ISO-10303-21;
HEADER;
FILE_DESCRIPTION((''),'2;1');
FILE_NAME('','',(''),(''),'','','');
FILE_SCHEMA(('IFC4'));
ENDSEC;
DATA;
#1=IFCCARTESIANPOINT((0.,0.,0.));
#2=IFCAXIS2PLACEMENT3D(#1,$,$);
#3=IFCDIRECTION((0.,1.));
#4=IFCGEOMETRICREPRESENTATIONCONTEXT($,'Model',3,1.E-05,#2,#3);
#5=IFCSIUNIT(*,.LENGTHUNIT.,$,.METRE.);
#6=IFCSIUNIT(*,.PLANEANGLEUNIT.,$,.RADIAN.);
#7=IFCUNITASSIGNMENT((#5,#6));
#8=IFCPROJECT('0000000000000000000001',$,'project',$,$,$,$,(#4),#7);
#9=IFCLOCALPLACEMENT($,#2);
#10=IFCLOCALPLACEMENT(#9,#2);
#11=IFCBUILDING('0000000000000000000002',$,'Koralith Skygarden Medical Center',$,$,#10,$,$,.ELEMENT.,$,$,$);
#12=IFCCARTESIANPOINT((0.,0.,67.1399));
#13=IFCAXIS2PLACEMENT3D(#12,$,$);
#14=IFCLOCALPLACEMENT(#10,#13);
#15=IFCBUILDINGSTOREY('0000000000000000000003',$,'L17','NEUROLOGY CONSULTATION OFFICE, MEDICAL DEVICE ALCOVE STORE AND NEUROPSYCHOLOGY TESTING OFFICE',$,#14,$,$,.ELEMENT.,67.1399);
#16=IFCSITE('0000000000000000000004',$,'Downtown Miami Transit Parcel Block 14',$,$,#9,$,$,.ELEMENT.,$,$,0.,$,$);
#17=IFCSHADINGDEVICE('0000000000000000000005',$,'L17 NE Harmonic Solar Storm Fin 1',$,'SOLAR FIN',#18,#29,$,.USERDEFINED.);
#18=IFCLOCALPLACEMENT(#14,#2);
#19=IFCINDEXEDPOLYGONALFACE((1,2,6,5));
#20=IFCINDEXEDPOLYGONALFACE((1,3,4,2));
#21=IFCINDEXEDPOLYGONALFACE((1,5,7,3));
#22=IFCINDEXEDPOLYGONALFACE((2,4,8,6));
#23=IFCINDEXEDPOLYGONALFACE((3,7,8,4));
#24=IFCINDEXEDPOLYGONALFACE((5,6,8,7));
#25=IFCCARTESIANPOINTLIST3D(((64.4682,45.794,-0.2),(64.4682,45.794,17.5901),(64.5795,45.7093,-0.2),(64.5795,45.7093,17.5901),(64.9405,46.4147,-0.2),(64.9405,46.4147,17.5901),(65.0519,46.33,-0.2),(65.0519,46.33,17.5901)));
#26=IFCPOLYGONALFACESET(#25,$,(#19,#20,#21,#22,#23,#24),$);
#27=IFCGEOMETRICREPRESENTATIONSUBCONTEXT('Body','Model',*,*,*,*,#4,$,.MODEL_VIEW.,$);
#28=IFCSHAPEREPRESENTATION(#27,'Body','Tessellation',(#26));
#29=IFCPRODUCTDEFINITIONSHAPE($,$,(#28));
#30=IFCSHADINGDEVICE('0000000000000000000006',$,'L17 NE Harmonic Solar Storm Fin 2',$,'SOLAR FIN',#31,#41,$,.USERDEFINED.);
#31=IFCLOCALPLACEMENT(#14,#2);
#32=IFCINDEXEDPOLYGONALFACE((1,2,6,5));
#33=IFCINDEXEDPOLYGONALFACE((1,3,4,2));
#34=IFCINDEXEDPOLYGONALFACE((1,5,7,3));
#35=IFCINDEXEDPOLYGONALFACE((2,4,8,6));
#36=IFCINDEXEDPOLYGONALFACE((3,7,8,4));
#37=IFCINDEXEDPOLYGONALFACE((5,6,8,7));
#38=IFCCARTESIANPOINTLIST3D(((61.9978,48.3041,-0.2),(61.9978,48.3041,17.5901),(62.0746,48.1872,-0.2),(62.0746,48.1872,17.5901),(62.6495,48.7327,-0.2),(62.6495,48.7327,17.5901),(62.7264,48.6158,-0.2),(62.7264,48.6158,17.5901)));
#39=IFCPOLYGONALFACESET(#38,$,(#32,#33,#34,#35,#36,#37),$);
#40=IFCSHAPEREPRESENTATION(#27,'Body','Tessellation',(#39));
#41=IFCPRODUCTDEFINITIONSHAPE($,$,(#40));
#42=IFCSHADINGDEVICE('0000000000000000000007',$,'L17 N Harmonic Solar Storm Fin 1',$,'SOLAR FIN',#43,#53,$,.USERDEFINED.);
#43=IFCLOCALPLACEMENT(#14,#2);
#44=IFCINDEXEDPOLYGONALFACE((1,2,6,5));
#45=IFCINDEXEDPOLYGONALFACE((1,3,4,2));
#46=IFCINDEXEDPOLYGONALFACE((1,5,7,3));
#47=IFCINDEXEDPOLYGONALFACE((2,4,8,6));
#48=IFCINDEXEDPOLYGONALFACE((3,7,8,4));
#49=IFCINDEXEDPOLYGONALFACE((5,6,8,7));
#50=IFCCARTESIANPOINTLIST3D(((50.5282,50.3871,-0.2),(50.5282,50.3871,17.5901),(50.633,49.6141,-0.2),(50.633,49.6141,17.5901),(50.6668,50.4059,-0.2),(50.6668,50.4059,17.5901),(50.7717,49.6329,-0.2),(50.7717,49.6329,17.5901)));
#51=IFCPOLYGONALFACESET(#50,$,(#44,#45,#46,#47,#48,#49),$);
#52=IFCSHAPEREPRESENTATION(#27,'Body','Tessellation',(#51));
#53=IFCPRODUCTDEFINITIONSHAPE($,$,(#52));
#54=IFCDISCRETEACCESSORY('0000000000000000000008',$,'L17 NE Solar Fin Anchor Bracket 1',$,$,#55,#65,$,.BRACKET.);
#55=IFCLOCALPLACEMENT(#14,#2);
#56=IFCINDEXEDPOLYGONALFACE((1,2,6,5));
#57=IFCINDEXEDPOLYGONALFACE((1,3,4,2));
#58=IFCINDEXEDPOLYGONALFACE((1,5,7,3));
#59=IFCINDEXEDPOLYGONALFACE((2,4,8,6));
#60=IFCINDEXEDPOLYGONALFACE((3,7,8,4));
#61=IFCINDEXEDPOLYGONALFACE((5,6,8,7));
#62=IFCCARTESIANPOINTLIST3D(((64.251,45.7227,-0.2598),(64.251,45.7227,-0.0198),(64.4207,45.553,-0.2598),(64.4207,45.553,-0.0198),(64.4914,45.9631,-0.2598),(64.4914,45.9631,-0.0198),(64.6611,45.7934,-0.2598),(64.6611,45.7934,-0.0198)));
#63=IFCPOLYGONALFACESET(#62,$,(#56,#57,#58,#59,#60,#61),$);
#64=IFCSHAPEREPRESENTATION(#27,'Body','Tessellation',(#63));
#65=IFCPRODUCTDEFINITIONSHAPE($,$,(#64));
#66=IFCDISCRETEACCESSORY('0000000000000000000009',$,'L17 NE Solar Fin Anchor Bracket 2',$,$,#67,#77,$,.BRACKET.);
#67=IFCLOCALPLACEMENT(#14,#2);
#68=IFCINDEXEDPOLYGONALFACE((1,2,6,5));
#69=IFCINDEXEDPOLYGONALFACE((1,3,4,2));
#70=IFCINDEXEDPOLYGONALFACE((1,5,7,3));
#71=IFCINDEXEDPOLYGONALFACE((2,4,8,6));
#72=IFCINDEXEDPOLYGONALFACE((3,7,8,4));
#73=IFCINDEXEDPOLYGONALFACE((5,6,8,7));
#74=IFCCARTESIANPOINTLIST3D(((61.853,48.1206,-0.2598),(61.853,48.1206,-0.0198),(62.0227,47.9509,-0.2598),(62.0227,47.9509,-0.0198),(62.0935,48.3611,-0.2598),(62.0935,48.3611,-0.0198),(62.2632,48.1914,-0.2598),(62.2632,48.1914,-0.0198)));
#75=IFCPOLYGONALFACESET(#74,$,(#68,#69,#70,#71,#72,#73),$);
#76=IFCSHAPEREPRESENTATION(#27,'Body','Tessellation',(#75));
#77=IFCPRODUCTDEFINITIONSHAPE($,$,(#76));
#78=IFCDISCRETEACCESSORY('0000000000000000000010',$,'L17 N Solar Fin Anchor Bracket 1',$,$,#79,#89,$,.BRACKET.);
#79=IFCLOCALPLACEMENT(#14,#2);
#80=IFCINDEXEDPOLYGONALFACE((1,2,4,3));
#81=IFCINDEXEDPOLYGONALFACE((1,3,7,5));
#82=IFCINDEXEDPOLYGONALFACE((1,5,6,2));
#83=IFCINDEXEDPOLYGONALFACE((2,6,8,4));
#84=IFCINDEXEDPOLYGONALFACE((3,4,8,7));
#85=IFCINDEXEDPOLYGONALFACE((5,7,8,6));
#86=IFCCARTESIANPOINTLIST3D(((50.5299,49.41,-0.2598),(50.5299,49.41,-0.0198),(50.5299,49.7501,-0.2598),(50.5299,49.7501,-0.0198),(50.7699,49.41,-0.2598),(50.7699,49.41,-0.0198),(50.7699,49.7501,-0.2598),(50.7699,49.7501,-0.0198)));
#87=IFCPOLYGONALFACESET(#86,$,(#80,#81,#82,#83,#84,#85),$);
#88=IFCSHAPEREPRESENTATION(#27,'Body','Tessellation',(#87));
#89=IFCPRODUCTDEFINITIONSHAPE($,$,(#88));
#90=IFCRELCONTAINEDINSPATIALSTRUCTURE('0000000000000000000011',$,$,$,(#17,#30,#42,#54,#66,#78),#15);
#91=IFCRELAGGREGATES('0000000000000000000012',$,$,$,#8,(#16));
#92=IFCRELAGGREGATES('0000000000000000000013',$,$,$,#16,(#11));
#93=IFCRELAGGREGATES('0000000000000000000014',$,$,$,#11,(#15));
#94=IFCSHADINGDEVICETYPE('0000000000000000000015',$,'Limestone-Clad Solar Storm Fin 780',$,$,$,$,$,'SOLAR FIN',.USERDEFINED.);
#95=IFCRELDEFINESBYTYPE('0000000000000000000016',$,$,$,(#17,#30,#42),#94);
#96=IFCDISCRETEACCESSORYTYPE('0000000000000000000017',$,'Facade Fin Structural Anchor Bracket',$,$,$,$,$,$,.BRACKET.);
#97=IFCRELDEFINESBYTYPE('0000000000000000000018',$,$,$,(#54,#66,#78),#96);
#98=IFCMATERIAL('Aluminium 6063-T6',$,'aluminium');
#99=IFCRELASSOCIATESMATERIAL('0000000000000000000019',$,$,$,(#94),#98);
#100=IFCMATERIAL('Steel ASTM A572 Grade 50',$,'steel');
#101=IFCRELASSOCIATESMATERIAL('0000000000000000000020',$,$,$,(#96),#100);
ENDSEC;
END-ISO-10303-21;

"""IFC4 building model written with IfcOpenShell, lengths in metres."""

from ifc_helpers import new_model, si_unit, direction, frame, origin, origin_2d, place, context, subcontext, project, spatial, rectangle, extrude, material, type_object, element, save


model = new_model("IFC4")

# Units and contexts
model_context = context("Model", 3, precision=1e-05, world=origin(), true_north=direction((0.0, 1.0)))
body_context = subcontext(model_context, "Body", "Model", "MODEL_VIEW")
ifc_project = project(units=[si_unit("LENGTHUNIT", "METRE"), si_unit("PLANEANGLEUNIT", "RADIAN")], contexts=[model_context])

# Site, building, storey
site_placement = place(None, origin())
site = spatial("IfcSite", under=ifc_project, at=site_placement, Name="Downtown Miami Transit Parcel Block 14", CompositionType="ELEMENT", RefElevation=0.0)
building_placement = place(site_placement, origin())
building = spatial("IfcBuilding", under=site, at=building_placement, Name="Koralith Skygarden Medical Center", CompositionType="ELEMENT")
storey_placement = place(building_placement, frame((0.0, 0.0, 67.1399)))
storey = spatial("IfcBuildingStorey", under=building, at=storey_placement, Name="L17", Description="NEUROLOGY CONSULTATION OFFICE, MEDICAL DEVICE ALCOVE STORE AND NEUROPSYCHOLOGY TESTING OFFICE", CompositionType="ELEMENT", Elevation=67.1399)

# Shared definitions
ifc_material_1 = material(Name="Aluminium 6063-T6", Category="aluminium")

# Shading devices
shading_device_type = type_object("IfcShadingDeviceType", Name="Limestone-Clad Solar Storm Fin 780", ElementType="SOLAR FIN", PredefinedType="USERDEFINED", material=ifc_material_1)
for number, where, z_axis, x_axis, name in (
    (1, (64.76, 46.062, -0.2), (0.0, 0.0, 1.0), (0.605613, 0.795759, 0.0), "L17 NE Harmonic Solar Storm Fin 1"),
    (2, (62.3621, 48.46, -0.2), (0.0, 0.0, 1.0), (0.835501, 0.54949, 0.0), "L17 NE Harmonic Solar Storm Fin 2"),
    (3, (50.6499, 50.01, -0.2), (0.0, 0.0, 1.0), (-0.134453, 0.99092, 0.0), "L17 N Harmonic Solar Storm Fin 1"),
):
    element("IfcShadingDevice", number, at=place(storey_placement, frame(where, z_axis=z_axis, x_axis=x_axis)), inside=storey, type_object=shading_device_type, Name=name, ObjectType="SOLAR FIN", PredefinedType="USERDEFINED", context=body_context, shape_type="SweptSolid", body=[
        extrude(rectangle(XDim=0.78, YDim=0.1399, at=origin_2d()), origin(), (0.0, 0.0, 1.0), 17.79),
    ])

# Discrete accessories
ifc_material_2 = material(Name="Steel ASTM A572 Grade 50", Category="steel")
discrete_accessory_type = type_object("IfcDiscreteAccessoryType", Name="Facade Fin Structural Anchor Bracket", PredefinedType="BRACKET", material=ifc_material_2)
for number, where, z_axis, x_axis, name in (
    (4, (64.4561, 45.7581, -0.2598), (0.0, 0.0, 1.0), (0.707107, 0.707107, 0.0), "L17 NE Solar Fin Anchor Bracket 1"),
    (5, (62.0581, 48.156, -0.2598), (0.0, 0.0, 1.0), (0.707107, 0.707107, 0.0), "L17 NE Solar Fin Anchor Bracket 2"),
    (6, (50.6499, 49.5801, -0.2598), (0.0, 0.0, 1.0), (0.0, 1.0, 0.0), "L17 N Solar Fin Anchor Bracket 1"),
):
    element("IfcDiscreteAccessory", number, at=place(storey_placement, frame(where, z_axis=z_axis, x_axis=x_axis)), inside=storey, type_object=discrete_accessory_type, Name=name, PredefinedType="BRACKET", context=body_context, shape_type="SweptSolid", body=[
        extrude(rectangle(XDim=0.3401, YDim=0.24, at=origin_2d()), origin(), (0.0, 0.0, 1.0), 0.24),
    ])

save(model, "model.ifc")
